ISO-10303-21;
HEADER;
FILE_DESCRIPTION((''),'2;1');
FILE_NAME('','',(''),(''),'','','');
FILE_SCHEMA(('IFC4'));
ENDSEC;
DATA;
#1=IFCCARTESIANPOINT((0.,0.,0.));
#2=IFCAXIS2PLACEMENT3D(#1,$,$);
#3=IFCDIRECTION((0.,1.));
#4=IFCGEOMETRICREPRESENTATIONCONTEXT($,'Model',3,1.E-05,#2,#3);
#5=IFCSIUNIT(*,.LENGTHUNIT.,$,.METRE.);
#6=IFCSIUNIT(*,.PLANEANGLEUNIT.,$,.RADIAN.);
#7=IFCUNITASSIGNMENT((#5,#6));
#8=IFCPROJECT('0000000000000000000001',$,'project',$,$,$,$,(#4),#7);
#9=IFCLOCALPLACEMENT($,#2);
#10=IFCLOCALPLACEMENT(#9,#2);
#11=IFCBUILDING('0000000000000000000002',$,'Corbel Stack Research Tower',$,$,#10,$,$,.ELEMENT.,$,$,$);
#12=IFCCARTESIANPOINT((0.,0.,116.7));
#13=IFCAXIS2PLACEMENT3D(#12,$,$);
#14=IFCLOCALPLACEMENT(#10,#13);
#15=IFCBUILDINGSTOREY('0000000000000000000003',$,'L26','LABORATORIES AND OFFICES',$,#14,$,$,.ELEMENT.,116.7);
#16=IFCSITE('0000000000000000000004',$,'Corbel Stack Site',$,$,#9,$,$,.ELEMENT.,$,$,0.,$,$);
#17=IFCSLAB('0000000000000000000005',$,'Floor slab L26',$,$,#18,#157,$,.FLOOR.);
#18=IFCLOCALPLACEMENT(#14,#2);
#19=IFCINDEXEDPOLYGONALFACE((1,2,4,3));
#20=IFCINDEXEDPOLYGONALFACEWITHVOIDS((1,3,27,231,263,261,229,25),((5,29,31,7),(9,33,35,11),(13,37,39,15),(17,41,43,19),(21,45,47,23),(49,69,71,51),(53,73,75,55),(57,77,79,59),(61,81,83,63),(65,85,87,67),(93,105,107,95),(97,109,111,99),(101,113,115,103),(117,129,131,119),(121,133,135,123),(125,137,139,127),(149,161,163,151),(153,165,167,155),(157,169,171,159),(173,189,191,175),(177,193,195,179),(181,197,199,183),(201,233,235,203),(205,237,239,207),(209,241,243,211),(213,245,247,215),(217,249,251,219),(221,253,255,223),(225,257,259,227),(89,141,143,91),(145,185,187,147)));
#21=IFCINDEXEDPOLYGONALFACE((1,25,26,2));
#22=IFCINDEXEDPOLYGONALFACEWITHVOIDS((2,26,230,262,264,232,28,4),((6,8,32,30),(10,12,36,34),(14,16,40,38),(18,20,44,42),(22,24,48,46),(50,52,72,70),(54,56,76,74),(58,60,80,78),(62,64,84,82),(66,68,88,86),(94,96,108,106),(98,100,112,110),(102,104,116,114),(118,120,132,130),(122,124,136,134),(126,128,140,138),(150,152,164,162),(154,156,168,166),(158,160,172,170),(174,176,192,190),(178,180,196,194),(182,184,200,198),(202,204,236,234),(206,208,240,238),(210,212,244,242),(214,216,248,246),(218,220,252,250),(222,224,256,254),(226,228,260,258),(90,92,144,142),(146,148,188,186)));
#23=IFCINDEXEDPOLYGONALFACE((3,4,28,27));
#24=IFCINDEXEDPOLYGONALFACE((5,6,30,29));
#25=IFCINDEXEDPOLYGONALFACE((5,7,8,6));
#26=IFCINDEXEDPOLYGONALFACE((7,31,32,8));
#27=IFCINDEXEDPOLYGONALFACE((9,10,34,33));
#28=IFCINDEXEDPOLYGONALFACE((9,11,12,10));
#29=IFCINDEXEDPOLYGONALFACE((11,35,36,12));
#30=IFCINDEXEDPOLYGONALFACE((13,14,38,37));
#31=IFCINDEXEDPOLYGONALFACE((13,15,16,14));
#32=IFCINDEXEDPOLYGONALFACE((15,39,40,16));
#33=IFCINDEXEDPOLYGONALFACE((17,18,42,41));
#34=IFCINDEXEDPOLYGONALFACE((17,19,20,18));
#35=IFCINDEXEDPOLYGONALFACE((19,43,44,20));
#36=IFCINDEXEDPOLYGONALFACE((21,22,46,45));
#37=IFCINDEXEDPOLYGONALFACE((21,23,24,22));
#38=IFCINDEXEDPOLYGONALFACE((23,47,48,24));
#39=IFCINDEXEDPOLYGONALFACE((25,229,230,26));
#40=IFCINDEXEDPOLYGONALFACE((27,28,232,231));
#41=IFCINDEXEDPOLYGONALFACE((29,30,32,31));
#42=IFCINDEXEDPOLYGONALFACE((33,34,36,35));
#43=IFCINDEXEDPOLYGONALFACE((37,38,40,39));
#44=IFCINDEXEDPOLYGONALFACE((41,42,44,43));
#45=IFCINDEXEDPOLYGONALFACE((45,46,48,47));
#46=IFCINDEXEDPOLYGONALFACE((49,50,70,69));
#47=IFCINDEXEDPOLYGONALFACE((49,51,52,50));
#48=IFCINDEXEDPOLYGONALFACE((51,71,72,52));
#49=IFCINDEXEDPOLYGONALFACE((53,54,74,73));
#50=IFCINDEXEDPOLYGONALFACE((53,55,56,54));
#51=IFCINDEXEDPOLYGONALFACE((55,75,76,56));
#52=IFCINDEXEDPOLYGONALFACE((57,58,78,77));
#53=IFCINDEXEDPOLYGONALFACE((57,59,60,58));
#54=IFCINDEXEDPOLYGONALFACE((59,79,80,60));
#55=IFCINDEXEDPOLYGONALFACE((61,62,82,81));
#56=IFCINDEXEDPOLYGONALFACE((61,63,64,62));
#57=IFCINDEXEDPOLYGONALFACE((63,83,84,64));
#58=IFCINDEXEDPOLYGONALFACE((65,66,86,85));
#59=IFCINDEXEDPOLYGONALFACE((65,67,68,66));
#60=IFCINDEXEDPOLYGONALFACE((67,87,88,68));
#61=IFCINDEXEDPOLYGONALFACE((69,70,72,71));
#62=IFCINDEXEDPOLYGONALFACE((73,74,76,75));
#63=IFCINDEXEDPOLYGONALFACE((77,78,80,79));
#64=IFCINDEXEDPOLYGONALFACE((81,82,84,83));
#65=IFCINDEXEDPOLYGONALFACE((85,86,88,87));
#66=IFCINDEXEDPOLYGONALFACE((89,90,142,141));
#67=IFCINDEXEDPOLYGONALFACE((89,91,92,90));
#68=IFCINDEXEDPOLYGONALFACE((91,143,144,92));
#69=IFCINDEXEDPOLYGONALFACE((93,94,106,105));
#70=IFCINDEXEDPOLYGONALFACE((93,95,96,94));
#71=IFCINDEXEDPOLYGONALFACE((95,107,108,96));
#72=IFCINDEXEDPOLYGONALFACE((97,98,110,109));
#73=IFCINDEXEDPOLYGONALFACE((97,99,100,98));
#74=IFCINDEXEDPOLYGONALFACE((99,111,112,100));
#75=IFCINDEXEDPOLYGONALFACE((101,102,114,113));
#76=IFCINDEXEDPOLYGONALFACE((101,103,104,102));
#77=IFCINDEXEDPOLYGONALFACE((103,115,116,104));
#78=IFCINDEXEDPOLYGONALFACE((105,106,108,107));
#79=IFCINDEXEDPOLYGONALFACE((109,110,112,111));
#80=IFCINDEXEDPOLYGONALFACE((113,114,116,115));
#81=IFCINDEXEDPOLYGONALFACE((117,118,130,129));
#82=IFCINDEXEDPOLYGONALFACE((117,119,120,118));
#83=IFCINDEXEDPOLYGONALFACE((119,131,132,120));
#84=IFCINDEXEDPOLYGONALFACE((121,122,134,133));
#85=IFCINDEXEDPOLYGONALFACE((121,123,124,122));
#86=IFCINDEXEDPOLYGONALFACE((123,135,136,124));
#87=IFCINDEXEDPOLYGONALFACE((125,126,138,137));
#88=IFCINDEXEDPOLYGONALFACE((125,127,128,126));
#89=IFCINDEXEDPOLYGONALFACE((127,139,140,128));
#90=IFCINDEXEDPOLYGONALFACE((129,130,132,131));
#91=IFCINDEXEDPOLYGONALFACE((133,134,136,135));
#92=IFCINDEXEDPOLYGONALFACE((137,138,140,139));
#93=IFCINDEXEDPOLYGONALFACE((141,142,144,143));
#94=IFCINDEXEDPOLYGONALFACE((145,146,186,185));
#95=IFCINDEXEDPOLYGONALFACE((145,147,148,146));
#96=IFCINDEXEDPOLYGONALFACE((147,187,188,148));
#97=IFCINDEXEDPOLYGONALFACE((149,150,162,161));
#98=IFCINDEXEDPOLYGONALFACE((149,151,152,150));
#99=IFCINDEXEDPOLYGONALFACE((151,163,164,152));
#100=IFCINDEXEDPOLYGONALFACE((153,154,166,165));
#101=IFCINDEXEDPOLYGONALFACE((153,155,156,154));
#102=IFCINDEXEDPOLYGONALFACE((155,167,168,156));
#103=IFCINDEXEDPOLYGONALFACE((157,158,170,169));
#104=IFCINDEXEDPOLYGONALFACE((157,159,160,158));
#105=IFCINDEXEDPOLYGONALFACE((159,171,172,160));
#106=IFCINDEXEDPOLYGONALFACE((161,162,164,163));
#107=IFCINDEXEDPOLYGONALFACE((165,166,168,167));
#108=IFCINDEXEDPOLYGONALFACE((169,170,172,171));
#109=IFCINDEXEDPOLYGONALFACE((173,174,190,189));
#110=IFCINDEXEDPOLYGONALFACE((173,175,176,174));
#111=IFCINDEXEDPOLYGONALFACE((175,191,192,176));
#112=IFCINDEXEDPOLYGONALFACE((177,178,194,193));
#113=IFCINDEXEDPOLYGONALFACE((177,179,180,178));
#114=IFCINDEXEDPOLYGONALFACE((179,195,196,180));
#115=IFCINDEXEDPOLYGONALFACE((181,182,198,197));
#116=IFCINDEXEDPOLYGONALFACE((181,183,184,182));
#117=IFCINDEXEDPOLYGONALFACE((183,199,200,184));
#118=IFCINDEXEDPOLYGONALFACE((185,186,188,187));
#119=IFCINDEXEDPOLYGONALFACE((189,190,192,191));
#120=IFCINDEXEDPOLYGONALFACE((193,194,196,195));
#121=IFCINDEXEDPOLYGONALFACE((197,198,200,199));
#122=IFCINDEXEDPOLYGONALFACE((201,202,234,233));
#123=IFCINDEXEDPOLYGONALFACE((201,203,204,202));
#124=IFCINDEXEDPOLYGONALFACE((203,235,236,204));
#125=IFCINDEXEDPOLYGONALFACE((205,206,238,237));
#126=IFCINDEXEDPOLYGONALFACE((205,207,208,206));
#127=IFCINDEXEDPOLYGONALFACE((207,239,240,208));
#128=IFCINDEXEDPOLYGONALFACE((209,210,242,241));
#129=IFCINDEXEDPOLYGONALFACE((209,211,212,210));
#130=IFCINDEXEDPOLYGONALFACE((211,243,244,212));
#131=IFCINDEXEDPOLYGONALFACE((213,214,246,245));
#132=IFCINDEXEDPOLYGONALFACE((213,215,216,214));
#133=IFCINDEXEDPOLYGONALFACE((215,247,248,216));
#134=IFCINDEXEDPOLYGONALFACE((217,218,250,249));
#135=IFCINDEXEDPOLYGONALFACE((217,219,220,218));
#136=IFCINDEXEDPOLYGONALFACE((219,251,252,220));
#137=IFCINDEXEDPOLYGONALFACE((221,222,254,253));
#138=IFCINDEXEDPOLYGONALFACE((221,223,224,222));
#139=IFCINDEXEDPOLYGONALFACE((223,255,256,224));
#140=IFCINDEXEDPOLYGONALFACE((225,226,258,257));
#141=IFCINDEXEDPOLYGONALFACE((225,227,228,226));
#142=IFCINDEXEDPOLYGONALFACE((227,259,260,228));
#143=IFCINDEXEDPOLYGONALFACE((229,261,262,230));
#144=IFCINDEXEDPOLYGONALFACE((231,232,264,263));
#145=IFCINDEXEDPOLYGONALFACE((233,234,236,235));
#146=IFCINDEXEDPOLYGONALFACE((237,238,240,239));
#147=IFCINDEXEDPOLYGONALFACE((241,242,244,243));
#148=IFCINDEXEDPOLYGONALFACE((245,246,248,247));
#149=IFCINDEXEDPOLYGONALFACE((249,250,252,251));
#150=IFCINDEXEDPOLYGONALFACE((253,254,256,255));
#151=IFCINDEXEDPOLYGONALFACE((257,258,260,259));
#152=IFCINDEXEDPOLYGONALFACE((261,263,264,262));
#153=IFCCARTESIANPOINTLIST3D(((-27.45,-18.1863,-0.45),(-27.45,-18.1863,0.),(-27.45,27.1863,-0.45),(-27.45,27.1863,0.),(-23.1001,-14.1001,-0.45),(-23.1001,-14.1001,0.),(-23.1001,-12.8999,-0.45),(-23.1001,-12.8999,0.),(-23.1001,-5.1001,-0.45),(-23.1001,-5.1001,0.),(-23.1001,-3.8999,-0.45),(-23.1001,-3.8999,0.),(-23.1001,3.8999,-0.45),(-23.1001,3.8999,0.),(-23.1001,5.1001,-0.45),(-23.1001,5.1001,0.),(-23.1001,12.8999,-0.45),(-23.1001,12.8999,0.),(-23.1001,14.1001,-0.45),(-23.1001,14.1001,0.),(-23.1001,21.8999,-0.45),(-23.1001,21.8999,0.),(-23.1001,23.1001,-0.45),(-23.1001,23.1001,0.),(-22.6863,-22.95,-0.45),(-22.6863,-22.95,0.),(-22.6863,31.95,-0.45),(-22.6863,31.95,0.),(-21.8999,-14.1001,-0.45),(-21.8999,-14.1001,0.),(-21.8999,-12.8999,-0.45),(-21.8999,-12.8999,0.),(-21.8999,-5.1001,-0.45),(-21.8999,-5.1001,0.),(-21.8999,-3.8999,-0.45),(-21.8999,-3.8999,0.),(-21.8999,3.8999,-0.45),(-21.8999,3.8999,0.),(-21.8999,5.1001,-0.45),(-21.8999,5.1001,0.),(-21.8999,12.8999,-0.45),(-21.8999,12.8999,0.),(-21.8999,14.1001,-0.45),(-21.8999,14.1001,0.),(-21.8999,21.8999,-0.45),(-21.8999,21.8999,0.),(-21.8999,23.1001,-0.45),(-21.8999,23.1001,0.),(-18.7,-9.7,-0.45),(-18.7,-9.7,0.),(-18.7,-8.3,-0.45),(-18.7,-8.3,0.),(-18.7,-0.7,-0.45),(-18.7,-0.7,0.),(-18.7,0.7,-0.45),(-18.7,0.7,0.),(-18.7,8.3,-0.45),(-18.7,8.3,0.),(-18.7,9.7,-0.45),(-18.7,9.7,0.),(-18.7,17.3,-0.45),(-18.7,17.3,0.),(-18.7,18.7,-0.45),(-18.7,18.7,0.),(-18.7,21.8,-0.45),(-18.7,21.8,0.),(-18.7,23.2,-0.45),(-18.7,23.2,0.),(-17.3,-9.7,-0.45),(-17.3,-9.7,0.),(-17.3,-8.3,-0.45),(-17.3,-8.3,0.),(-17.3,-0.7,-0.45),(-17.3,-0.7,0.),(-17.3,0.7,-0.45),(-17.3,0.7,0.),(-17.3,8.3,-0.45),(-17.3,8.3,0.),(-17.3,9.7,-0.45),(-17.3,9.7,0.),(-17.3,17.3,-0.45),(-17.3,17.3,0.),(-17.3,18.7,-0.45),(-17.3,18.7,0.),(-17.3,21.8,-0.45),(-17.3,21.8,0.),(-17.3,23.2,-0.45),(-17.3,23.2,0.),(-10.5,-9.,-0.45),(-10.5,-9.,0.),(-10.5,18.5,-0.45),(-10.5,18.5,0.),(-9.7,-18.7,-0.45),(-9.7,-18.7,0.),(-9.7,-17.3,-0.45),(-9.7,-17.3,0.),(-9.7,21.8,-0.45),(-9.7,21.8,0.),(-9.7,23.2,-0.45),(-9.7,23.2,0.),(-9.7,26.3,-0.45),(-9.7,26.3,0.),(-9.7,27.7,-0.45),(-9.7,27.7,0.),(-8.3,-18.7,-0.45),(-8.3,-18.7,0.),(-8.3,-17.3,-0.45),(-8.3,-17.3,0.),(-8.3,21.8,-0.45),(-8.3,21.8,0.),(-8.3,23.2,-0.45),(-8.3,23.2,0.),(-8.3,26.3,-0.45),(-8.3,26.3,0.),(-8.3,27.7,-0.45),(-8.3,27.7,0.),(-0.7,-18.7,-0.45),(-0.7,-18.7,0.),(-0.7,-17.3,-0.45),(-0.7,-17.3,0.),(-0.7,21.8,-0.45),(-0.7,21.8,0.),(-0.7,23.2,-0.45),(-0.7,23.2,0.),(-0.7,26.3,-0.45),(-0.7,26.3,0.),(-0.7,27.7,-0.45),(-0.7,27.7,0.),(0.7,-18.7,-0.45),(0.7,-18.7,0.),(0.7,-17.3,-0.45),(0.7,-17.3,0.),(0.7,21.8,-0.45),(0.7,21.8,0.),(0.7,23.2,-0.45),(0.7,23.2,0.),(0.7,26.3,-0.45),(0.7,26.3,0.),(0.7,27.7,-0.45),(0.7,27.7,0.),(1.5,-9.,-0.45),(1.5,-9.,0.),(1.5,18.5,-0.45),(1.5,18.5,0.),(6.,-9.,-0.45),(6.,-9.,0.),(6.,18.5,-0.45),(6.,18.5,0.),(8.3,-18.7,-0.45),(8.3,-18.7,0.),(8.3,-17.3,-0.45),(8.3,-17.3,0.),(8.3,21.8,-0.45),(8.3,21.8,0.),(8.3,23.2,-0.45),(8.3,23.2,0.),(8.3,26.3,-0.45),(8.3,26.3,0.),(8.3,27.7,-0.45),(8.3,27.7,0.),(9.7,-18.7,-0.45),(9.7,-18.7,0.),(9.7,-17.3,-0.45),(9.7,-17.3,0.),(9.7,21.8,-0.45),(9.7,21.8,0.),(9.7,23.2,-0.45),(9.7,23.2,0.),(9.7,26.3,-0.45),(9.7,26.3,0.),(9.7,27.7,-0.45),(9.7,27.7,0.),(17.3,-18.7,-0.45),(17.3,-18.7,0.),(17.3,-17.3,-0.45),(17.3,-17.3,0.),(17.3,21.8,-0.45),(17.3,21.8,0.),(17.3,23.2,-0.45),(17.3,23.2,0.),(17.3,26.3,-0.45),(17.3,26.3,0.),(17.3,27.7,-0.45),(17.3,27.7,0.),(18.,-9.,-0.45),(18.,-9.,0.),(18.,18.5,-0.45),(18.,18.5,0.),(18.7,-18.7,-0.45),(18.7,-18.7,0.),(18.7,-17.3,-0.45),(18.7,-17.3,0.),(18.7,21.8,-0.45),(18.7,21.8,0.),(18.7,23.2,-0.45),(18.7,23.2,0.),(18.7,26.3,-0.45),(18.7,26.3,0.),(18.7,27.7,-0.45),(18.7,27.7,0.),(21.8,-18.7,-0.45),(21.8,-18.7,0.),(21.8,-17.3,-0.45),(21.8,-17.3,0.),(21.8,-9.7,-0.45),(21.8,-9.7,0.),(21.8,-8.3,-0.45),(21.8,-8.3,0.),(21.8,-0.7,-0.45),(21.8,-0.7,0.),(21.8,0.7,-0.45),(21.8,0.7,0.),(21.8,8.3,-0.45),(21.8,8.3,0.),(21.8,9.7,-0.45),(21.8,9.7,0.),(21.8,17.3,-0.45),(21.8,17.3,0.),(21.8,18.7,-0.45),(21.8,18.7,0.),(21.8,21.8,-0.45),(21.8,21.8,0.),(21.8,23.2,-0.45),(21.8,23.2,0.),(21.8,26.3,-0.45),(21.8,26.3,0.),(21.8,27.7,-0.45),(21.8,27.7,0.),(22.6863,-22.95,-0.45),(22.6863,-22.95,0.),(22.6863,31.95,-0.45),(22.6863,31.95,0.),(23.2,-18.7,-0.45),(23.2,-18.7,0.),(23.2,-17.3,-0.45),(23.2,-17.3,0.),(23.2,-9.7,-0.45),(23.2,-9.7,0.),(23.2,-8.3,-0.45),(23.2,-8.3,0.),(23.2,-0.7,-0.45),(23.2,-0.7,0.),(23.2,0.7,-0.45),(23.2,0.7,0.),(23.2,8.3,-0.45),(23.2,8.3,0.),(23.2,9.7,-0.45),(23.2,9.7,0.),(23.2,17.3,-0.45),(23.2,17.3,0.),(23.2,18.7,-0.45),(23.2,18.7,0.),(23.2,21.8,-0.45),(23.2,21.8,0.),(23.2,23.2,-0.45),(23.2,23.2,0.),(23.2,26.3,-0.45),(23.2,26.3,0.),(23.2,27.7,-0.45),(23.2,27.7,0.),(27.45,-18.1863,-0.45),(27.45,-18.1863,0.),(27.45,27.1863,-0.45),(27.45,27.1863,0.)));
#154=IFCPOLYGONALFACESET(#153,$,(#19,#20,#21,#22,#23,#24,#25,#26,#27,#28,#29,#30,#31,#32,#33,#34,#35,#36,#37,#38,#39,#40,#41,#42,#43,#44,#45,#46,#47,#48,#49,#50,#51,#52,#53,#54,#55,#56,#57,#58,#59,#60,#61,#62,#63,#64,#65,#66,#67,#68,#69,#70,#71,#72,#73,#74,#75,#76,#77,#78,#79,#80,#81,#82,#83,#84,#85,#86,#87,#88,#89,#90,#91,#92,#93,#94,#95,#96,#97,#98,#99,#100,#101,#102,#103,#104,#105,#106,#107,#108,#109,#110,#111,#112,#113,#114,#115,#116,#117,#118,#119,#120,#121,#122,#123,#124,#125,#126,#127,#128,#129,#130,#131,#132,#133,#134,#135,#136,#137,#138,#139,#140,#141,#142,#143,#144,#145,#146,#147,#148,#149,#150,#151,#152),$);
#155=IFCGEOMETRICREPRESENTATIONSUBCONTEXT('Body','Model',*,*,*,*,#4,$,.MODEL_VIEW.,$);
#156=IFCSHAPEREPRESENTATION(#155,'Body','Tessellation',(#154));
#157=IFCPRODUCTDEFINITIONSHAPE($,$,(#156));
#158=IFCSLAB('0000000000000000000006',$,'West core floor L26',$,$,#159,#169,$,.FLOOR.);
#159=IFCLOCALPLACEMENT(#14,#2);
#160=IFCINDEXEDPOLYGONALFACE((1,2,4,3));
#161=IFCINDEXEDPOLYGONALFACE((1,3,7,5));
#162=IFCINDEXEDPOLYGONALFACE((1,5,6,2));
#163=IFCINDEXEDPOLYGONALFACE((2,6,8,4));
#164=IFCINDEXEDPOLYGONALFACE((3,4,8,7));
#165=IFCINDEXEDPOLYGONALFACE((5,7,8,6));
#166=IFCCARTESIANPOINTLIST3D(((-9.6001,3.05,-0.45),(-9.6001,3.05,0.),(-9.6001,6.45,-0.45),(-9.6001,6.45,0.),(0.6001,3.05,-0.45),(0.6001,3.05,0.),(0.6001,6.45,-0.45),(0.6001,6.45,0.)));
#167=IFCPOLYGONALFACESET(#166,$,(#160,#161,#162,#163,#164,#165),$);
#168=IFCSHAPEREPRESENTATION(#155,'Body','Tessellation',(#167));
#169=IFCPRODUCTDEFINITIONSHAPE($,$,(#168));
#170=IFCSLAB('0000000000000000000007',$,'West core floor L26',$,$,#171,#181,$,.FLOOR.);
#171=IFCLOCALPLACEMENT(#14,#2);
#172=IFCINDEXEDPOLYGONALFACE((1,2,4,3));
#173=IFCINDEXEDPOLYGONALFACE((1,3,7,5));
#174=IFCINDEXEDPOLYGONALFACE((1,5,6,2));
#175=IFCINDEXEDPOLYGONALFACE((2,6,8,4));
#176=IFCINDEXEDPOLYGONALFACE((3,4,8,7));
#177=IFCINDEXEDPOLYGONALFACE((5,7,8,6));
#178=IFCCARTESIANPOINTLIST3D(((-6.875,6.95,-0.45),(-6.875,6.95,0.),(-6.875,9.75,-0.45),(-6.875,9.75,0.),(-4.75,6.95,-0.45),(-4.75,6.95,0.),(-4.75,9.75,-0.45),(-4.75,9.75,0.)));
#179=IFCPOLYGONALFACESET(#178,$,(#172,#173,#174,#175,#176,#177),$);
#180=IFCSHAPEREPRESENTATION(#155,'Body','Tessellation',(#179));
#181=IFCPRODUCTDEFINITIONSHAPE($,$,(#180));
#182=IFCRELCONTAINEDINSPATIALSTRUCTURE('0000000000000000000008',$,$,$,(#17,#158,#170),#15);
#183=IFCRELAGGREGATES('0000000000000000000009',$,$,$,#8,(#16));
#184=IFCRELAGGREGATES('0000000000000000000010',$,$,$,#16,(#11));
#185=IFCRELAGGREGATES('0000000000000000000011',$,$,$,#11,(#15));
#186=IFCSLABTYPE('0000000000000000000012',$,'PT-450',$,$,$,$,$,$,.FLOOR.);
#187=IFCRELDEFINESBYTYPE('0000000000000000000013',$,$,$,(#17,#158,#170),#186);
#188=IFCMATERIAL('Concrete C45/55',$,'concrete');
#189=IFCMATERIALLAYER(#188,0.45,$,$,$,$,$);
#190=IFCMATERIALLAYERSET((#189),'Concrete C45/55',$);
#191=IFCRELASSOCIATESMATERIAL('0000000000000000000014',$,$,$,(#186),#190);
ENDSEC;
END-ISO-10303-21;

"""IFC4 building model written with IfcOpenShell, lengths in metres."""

from ifc_helpers import new_model, si_unit, direction, frame, origin, place, context, subcontext, project, spatial, polyline, outline, extrude, material, layer, layer_set, type_object, element, save


model = new_model("IFC4")

# Units and contexts
model_context = context("Model", 3, precision=1e-05, world=origin(), true_north=direction((0.0, 1.0)))
body_context = subcontext(model_context, "Body", "Model", "MODEL_VIEW")
ifc_project = project(units=[si_unit("LENGTHUNIT", "METRE"), si_unit("PLANEANGLEUNIT", "RADIAN")], contexts=[model_context])

# Site, building, storey
site_placement = place(None, origin())
site = spatial("IfcSite", under=ifc_project, at=site_placement, Name="Corbel Stack Site", CompositionType="ELEMENT", RefElevation=0.0)
building_placement = place(site_placement, origin())
building = spatial("IfcBuilding", under=site, at=building_placement, Name="Corbel Stack Research Tower", CompositionType="ELEMENT")
storey_placement = place(building_placement, frame((0.0, 0.0, 116.7)))
storey = spatial("IfcBuildingStorey", under=building, at=storey_placement, Name="L26", Description="LABORATORIES AND OFFICES", CompositionType="ELEMENT", Elevation=116.7)

# Slabs
ifc_material_1 = material(Name="Concrete C45/55", Category="concrete")
ifc_layer_1 = layer(ifc_material_1, 0.45)
ifc_layer_set_1 = layer_set([ifc_layer_1], Name="Concrete C45/55")
slab_type_1 = type_object("IfcSlabType", Name="PT-450", PredefinedType="FLOOR", material=ifc_layer_set_1)
slab_1_placement = place(storey_placement, frame((0.0, 0.0, -0.45)))
element("IfcSlab", 1, at=slab_1_placement, inside=storey, type_object=slab_type_1, Name="Floor slab L26", PredefinedType="FLOOR", context=body_context, shape_type="SweptSolid", body=[
    extrude(outline(polyline([(-22.6863, -22.95), (22.6863, -22.95), (27.45, -18.1863), (27.45, 27.1863), (22.6863, 31.95), (-22.6863, 31.95), (-27.45, 27.1863), (-27.45, -18.1863), (-22.6863, -22.95)]), holes=[polyline([(21.8, 26.3), (21.8, 27.7), (23.2, 27.7), (23.2, 26.3), (21.8, 26.3)]), polyline([(21.8, -18.7), (21.8, -17.3), (23.2, -17.3), (23.2, -18.7), (21.8, -18.7)]), polyline([(21.8, -9.7), (21.8, -8.3), (23.2, -8.3), (23.2, -9.7), (21.8, -9.7)]), polyline([(21.8, -0.7), (21.8, 0.7), (23.2, 0.7), (23.2, -0.7), (21.8, -0.7)]), polyline([(21.8, 8.3), (21.8, 9.7), (23.2, 9.7), (23.2, 8.3), (21.8, 8.3)]), polyline([(21.8, 17.3), (21.8, 18.7), (23.2, 18.7), (23.2, 17.3), (21.8, 17.3)]), polyline([(21.8, 21.8), (21.8, 23.2), (23.2, 23.2), (23.2, 21.8), (21.8, 21.8)]), polyline([(17.3, 26.3), (17.3, 27.7), (18.7, 27.7), (18.7, 26.3), (17.3, 26.3)]), polyline([(17.3, 21.8), (17.3, 23.2), (18.7, 23.2), (18.7, 21.8), (17.3, 21.8)]), polyline([(17.3, -18.7), (17.3, -17.3), (18.7, -17.3), (18.7, -18.7), (17.3, -18.7)]), polyline([(6.0, -9.0), (6.0, 18.5), (18.0, 18.5), (18.0, -9.0), (6.0, -9.0)]), polyline([(8.3, 26.3), (8.3, 27.7), (9.7, 27.7), (9.7, 26.3), (8.3, 26.3)]), polyline([(8.3, 21.8), (8.3, 23.2), (9.7, 23.2), (9.7, 21.8), (8.3, 21.8)]), polyline([(8.3, -18.7), (8.3, -17.3), (9.7, -17.3), (9.7, -18.7), (8.3, -18.7)]), polyline([(-10.5, -9.0), (-10.5, 18.5), (1.5, 18.5), (1.5, -9.0), (-10.5, -9.0)]), polyline([(-0.7, 26.3), (-0.7, 27.7), (0.7, 27.7), (0.7, 26.3), (-0.7, 26.3)]), polyline([(-0.7, 21.8), (-0.7, 23.2), (0.7, 23.2), (0.7, 21.8), (-0.7, 21.8)]), polyline([(-0.7, -18.7), (-0.7, -17.3), (0.7, -17.3), (0.7, -18.7), (-0.7, -18.7)]), polyline([(-9.7, 26.3), (-9.7, 27.7), (-8.3, 27.7), (-8.3, 26.3), (-9.7, 26.3)]), polyline([(-9.7, 21.8), (-9.7, 23.2), (-8.3, 23.2), (-8.3, 21.8), (-9.7, 21.8)]), polyline([(-8.3, -18.7), (-9.7, -18.7), (-9.7, -17.3), (-8.3, -17.3), (-8.3, -18.7)]), polyline([(-18.7, 21.8), (-18.7, 23.2), (-17.3, 23.2), (-17.3, 21.8), (-18.7, 21.8)]), polyline([(-18.7, 17.3), (-18.7, 18.7), (-17.3, 18.7), (-17.3, 17.3), (-18.7, 17.3)]), polyline([(-18.7, 8.3), (-18.7, 9.7), (-17.3, 9.7), (-17.3, 8.3), (-18.7, 8.3)]), polyline([(-18.7, -0.7), (-18.7, 0.7), (-17.3, 0.7), (-17.3, -0.7), (-18.7, -0.7)]), polyline([(-18.7, -9.7), (-18.7, -8.3), (-17.3, -8.3), (-17.3, -9.7), (-18.7, -9.7)]), polyline([(-23.1001, 21.8999), (-23.1001, 23.1001), (-21.8999, 23.1001), (-21.8999, 21.8999), (-23.1001, 21.8999)]), polyline([(-23.1001, 12.8999), (-23.1001, 14.1001), (-21.8999, 14.1001), (-21.8999, 12.8999), (-23.1001, 12.8999)]), polyline([(-23.1001, 3.8999), (-23.1001, 5.1001), (-21.8999, 5.1001), (-21.8999, 3.8999), (-23.1001, 3.8999)]), polyline([(-23.1001, -5.1001), (-23.1001, -3.8999), (-21.8999, -3.8999), (-21.8999, -5.1001), (-23.1001, -5.1001)]), polyline([(-23.1001, -14.1001), (-23.1001, -12.8999), (-21.8999, -12.8999), (-21.8999, -14.1001), (-23.1001, -14.1001)])]), origin(), (0.0, 0.0, 1.0), 0.45),
])
slab_2_placement = place(storey_placement, frame((0.0, 0.0, -0.45)))
element("IfcSlab", 2, at=slab_2_placement, inside=storey, type_object=slab_type_1, Name="West core floor L26", PredefinedType="FLOOR", context=body_context, shape_type="SweptSolid", body=[
    extrude(outline(polyline([(0.6001, 6.45), (-9.6001, 6.45), (-9.6001, 3.05), (0.6001, 3.05), (0.6001, 6.45)])), origin(), (0.0, 0.0, 1.0), 0.45),
])
slab_3_placement = place(storey_placement, frame((0.0, 0.0, -0.45)))
element("IfcSlab", 3, at=slab_3_placement, inside=storey, type_object=slab_type_1, Name="West core floor L26", PredefinedType="FLOOR", context=body_context, shape_type="SweptSolid", body=[
    extrude(outline(polyline([(-6.875, 6.95), (-4.75, 6.95), (-4.75, 9.75), (-6.875, 9.75), (-6.875, 6.95)])), origin(), (0.0, 0.0, 1.0), 0.45),
])

save(model, "model.ifc")
